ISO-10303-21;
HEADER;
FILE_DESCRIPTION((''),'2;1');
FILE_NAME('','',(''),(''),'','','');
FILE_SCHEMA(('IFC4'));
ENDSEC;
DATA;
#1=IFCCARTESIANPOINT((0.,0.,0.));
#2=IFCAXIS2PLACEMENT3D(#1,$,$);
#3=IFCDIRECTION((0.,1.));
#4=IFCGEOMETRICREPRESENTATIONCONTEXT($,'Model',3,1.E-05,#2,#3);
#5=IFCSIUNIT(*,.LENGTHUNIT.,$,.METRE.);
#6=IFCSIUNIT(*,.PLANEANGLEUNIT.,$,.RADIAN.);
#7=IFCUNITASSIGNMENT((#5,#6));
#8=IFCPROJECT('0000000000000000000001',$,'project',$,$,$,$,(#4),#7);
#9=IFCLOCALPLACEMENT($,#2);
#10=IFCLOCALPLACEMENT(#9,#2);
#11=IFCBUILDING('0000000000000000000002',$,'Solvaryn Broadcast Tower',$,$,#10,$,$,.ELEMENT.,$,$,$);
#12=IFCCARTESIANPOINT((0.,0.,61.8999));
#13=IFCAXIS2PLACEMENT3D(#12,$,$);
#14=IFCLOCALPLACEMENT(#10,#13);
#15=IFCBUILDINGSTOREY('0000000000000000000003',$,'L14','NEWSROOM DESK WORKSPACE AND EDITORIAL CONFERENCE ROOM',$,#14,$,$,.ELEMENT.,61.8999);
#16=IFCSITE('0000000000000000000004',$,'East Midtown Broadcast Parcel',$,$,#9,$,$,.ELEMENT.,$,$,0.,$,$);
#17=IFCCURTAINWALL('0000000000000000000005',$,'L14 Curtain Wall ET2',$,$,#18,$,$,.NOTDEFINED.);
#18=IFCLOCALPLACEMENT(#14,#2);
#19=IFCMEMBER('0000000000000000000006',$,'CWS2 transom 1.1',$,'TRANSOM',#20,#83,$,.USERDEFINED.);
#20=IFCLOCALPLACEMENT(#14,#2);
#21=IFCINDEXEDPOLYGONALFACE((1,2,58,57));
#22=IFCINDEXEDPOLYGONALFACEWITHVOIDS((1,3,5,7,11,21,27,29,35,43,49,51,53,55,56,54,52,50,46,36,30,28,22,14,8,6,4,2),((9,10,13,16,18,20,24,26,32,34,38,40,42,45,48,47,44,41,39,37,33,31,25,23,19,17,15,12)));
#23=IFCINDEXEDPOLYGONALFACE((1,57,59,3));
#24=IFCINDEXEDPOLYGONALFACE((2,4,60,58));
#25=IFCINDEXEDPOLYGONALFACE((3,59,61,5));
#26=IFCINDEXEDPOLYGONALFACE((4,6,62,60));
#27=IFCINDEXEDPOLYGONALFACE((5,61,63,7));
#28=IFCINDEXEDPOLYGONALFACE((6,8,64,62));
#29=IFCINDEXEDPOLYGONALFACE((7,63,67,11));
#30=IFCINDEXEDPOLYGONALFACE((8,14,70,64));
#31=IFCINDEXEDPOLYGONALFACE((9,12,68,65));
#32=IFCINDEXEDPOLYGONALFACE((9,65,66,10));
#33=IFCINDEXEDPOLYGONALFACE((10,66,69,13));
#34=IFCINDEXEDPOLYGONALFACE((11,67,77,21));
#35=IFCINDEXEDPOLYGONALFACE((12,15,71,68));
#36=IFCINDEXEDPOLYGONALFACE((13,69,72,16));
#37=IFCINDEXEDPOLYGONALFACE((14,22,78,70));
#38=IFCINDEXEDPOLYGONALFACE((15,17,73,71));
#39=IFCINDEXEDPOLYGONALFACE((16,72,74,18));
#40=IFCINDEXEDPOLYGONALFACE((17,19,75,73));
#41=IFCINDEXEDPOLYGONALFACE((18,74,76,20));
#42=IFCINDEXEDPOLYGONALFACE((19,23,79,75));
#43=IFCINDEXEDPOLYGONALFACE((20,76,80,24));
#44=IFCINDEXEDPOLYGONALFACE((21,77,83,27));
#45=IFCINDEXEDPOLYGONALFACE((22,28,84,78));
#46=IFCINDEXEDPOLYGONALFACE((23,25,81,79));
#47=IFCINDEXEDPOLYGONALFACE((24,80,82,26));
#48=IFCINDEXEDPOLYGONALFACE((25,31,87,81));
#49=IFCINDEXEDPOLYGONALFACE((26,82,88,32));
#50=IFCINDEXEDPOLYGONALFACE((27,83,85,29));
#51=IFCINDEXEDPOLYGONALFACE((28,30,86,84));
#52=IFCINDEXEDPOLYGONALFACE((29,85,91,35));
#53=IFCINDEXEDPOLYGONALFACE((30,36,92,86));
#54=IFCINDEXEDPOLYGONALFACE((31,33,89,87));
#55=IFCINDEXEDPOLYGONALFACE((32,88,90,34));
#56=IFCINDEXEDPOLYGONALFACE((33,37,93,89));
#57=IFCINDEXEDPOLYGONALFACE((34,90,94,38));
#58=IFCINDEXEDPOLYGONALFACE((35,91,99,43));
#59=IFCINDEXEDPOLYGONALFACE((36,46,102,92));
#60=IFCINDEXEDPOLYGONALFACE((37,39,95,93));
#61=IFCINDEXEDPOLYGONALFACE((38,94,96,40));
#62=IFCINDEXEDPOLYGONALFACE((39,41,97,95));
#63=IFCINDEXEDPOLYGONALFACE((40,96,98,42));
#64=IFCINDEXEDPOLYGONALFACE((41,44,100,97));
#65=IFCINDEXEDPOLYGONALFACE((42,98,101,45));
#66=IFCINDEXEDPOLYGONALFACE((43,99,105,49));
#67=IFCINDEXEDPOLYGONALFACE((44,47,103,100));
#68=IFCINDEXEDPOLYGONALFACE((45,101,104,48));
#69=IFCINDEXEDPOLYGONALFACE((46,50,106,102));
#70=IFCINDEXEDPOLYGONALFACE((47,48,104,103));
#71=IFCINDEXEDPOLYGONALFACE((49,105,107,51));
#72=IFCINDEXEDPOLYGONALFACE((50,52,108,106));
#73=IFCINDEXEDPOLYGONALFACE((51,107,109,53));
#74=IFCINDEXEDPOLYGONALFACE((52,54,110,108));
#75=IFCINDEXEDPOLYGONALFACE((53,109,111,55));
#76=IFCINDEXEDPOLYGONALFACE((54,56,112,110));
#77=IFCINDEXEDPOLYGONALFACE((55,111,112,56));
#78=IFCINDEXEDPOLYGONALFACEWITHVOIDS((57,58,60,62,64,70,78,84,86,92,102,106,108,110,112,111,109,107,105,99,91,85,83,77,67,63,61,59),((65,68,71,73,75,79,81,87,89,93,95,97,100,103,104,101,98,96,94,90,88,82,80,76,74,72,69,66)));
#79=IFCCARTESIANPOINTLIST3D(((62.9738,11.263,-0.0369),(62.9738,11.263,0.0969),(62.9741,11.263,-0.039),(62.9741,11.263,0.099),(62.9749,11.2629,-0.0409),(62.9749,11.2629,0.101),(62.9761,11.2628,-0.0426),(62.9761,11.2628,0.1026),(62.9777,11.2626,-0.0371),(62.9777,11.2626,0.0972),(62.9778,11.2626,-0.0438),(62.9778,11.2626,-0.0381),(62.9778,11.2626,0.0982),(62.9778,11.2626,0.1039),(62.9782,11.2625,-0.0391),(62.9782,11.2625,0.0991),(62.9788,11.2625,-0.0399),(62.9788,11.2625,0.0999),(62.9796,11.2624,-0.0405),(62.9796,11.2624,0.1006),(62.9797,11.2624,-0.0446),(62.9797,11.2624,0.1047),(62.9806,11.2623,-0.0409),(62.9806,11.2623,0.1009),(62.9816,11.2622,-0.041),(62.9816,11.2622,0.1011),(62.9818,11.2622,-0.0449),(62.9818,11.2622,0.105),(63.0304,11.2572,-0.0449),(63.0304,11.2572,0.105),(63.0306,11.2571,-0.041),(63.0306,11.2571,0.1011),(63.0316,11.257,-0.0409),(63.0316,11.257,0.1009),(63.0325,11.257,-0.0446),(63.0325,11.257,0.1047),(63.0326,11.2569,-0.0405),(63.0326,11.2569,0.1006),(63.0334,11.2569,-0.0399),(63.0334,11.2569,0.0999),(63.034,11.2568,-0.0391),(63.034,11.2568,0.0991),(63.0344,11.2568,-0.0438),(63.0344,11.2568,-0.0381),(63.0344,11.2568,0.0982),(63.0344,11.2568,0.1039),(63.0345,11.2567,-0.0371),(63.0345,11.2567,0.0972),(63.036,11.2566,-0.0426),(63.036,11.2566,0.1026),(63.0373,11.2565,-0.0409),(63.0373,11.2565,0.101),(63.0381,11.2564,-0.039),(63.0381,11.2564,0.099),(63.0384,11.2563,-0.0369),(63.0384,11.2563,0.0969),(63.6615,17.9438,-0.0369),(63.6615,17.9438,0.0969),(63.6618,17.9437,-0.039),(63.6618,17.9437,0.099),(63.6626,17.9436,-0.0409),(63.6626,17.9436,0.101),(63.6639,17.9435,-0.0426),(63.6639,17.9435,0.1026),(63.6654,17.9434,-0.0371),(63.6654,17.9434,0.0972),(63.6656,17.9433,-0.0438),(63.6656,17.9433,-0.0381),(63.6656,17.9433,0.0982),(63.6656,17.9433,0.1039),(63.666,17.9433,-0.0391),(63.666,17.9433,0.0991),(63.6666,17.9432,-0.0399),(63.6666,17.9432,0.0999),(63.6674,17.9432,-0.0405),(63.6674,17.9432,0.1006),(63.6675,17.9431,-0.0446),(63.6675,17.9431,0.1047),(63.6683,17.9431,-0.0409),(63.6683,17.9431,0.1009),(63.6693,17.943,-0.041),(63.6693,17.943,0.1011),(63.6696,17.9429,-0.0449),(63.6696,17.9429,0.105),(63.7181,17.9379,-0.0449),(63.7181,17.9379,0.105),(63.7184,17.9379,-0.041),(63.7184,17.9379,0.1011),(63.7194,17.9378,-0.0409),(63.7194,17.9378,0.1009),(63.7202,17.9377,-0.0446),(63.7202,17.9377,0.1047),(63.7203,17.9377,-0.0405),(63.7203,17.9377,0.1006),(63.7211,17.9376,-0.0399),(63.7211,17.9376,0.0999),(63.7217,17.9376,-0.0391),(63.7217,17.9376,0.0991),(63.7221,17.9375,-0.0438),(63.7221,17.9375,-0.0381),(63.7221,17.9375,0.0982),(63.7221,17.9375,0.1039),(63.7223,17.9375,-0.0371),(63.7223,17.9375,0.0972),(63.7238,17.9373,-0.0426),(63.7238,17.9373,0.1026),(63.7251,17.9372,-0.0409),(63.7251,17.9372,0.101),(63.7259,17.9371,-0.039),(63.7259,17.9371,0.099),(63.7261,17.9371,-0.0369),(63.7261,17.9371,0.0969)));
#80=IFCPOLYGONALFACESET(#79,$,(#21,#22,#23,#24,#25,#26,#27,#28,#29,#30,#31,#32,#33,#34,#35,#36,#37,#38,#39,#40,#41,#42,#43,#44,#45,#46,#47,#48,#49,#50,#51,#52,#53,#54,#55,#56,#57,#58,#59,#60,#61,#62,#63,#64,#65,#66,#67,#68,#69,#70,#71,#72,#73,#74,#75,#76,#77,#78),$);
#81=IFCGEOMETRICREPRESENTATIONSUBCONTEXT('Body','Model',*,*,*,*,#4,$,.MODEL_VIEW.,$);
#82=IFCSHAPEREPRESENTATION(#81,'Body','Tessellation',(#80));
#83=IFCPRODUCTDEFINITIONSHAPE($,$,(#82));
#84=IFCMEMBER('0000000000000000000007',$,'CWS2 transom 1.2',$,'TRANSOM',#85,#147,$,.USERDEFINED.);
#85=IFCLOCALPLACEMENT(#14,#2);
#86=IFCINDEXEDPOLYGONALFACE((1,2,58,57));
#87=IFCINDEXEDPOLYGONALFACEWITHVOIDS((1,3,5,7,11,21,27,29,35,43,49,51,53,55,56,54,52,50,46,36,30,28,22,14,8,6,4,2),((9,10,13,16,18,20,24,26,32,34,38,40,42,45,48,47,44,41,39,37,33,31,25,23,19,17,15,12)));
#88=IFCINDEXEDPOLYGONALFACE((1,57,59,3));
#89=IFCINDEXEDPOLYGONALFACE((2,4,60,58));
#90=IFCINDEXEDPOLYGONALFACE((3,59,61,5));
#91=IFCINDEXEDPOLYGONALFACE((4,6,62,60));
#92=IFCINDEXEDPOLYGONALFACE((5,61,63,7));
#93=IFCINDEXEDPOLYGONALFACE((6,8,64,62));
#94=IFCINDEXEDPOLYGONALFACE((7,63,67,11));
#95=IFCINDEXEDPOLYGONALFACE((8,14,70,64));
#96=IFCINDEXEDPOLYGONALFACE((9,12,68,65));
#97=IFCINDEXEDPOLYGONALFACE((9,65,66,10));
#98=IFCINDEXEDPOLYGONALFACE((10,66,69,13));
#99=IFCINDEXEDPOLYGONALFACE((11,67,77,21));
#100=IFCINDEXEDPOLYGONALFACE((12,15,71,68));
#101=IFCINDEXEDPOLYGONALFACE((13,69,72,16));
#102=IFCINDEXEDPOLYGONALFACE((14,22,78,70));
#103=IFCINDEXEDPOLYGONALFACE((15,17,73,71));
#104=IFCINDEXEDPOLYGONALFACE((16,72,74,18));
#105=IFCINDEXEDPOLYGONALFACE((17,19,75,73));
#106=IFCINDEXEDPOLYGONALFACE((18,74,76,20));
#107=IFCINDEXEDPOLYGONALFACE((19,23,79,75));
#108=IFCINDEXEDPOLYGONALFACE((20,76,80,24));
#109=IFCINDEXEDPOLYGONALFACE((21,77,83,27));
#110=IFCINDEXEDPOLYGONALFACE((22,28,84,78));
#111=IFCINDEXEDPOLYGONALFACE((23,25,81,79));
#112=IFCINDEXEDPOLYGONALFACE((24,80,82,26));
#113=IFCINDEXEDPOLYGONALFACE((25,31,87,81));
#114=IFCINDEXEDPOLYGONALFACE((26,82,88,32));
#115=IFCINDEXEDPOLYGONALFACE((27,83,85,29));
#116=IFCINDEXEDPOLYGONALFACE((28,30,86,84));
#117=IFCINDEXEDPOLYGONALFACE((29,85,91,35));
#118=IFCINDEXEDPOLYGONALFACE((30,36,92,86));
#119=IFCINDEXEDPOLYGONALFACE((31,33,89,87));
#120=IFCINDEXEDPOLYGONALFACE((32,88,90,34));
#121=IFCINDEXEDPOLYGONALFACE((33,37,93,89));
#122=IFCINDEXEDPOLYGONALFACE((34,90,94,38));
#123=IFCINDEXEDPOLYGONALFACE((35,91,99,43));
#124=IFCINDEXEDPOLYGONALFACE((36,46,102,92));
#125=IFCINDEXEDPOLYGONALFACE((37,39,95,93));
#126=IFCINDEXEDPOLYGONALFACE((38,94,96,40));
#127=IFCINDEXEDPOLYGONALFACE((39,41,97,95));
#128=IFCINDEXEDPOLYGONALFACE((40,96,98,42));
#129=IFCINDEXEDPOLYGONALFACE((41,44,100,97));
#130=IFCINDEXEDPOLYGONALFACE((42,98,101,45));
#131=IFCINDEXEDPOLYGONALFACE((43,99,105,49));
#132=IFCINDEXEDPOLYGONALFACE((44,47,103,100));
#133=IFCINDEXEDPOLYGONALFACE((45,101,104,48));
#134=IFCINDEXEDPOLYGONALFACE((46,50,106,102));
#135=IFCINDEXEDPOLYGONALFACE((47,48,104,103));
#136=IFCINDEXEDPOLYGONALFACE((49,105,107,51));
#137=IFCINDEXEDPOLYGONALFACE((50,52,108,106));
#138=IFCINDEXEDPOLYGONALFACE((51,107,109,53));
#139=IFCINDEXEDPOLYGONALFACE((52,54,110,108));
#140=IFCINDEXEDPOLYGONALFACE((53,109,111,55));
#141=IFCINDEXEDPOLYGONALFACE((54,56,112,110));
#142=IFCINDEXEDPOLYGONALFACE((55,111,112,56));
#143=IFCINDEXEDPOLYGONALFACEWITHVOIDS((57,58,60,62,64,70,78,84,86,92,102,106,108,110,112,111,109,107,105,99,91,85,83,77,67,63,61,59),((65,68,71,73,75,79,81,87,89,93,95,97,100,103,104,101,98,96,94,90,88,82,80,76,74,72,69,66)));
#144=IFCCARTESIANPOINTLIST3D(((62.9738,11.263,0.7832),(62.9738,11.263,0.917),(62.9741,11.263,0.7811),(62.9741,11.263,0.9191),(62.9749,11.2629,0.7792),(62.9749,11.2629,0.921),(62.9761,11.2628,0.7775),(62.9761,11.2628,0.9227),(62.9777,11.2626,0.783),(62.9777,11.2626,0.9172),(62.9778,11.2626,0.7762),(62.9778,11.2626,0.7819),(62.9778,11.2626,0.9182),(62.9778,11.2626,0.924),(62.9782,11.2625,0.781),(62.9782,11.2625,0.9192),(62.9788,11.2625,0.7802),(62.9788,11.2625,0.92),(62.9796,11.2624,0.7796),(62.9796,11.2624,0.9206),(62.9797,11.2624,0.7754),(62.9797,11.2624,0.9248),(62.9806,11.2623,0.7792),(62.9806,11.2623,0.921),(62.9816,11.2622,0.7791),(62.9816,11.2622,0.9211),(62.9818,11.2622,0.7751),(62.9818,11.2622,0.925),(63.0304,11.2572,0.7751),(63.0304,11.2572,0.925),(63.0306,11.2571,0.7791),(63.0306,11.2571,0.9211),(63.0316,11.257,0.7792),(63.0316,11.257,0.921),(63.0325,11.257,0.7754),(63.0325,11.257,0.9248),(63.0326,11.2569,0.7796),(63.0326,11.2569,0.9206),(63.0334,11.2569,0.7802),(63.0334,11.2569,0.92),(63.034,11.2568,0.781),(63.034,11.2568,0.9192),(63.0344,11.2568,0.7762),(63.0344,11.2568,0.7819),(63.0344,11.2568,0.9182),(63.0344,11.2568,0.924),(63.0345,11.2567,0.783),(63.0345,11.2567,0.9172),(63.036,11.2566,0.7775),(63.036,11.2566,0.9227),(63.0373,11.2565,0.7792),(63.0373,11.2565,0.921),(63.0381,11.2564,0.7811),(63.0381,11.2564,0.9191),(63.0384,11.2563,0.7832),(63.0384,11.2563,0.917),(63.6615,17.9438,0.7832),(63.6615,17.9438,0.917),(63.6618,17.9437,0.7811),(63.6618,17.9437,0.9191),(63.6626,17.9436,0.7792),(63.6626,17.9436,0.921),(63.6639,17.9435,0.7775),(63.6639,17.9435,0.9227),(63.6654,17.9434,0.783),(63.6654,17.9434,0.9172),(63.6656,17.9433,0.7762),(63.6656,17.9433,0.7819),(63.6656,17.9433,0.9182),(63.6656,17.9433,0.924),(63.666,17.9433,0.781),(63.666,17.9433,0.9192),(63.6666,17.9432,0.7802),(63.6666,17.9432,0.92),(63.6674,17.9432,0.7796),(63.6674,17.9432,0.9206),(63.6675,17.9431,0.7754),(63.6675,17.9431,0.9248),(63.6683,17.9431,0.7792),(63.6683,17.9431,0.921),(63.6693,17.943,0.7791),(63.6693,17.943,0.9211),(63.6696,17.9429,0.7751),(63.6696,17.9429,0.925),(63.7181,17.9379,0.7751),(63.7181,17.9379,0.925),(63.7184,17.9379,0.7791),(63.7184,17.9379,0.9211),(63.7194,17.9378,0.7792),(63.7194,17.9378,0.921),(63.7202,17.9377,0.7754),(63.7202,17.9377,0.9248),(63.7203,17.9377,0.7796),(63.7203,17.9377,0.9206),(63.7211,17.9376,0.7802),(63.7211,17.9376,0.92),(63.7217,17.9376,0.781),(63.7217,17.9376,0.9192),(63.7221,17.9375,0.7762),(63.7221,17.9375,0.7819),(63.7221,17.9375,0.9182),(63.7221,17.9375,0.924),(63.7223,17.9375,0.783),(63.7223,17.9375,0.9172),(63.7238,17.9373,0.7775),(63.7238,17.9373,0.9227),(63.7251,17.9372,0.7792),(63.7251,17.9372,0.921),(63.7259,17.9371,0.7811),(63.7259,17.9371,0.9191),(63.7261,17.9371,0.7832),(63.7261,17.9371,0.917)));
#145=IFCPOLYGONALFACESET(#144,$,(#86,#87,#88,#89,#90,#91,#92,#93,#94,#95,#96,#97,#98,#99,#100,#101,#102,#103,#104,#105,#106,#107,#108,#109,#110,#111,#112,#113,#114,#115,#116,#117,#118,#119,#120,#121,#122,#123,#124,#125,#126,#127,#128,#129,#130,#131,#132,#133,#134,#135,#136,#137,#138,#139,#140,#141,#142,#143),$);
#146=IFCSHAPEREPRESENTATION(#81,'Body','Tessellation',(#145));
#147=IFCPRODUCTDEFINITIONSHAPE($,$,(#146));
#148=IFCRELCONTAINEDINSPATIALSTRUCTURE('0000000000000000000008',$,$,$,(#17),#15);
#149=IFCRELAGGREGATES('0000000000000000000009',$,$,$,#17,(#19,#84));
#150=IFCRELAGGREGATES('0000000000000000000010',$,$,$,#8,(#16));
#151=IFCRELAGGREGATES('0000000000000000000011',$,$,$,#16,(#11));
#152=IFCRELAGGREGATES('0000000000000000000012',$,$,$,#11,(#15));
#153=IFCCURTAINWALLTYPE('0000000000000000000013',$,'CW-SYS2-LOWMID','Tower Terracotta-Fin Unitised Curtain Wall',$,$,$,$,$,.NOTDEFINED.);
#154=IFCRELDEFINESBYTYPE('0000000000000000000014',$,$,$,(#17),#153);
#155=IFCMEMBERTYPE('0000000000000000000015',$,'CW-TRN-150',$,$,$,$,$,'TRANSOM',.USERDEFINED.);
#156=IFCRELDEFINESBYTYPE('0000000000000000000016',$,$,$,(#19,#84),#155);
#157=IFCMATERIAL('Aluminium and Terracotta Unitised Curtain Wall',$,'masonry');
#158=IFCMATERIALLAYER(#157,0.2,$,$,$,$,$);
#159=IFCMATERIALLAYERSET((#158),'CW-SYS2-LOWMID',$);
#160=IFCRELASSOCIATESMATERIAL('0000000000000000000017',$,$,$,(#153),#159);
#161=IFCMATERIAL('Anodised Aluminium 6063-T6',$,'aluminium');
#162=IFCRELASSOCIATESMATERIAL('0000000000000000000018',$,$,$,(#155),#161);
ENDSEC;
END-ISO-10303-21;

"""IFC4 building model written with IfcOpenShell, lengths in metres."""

from ifc_helpers import new_model, si_unit, direction, frame, origin, origin_2d, place, context, subcontext, project, spatial, hollow_rectangle, extrude, material, layer, layer_set, material_profile, profile_set, type_object, element, aggregate, save


model = new_model("IFC4")

# Units and contexts
model_context = context("Model", 3, precision=1e-05, world=origin(), true_north=direction((0.0, 1.0)))
body_context = subcontext(model_context, "Body", "Model", "MODEL_VIEW")
ifc_project = project(units=[si_unit("LENGTHUNIT", "METRE"), si_unit("PLANEANGLEUNIT", "RADIAN")], contexts=[model_context])

# Site, building, storey
site_placement = place(None, origin())
site = spatial("IfcSite", under=ifc_project, at=site_placement, Name="East Midtown Broadcast Parcel", CompositionType="ELEMENT", RefElevation=0.0)
building_placement = place(site_placement, origin())
building = spatial("IfcBuilding", under=site, at=building_placement, Name="Solvaryn Broadcast Tower", CompositionType="ELEMENT")
storey_placement = place(building_placement, frame((0.0, 0.0, 61.8999)))
storey = spatial("IfcBuildingStorey", under=building, at=storey_placement, Name="L14", Description="NEWSROOM DESK WORKSPACE AND EDITORIAL CONFERENCE ROOM", CompositionType="ELEMENT", Elevation=61.8999)

# Shared definitions
ifc_material_1 = material(Name="Aluminium and Terracotta Unitised Curtain Wall", Category="masonry")
ifc_layer_1 = layer(ifc_material_1, 0.2)
ifc_layer_set_1 = layer_set([ifc_layer_1], Name="CW-SYS2-LOWMID")
curtain_wall_type = type_object("IfcCurtainWallType", Name="CW-SYS2-LOWMID", Description="Tower Terracotta-Fin Unitised Curtain Wall", PredefinedType="NOTDEFINED", material=ifc_layer_set_1)

# Curtain wall, members
curtain_wall_1_placement = place(storey_placement, origin())
curtain_wall_1 = element("IfcCurtainWall", 1, at=curtain_wall_1_placement, inside=storey, type_object=curtain_wall_type, Name="L14 Curtain Wall ET2", PredefinedType="NOTDEFINED")
ifc_material_2 = material(Name="Anodised Aluminium 6063-T6", Category="aluminium")
ifc_material_profile_1 = material_profile(ifc_material_2, hollow_rectangle(XDim=0.0649, YDim=0.1499, WallThickness=0.0039, InnerFilletRadius=0.0039, OuterFilletRadius=0.0081, at=origin_2d()))
ifc_profile_set_1 = profile_set([ifc_material_profile_1], Name="Anodised Aluminium 6063-T6")
member_type_1 = type_object("IfcMemberType", Name="CW-TRN-150", ElementType="TRANSOM", PredefinedType="USERDEFINED", material=ifc_profile_set_1)
member_1_placement = place(storey_placement, frame((63.6938, 17.9404, 0.03), z_axis=(-0.102404, -0.994743, 0.0), x_axis=(0.994743, -0.102404, 0.0)))
member_1 = element("IfcMember", 2, at=member_1_placement, type_object=member_type_1, Name="CWS2 transom 1.1", ObjectType="TRANSOM", PredefinedType="USERDEFINED", context=body_context, shape_type="SweptSolid", body=[
    extrude(hollow_rectangle(XDim=0.0649, YDim=0.1499, WallThickness=0.0039, InnerFilletRadius=0.0039, OuterFilletRadius=0.0081, at=origin_2d()), origin(), (0.0, 0.0, 1.0), 6.7161),
])
member_2_placement = place(storey_placement, frame((63.6938, 17.9404, 0.8501), z_axis=(-0.102404, -0.994743, 0.0), x_axis=(0.994743, -0.102404, 0.0)))
member_2 = element("IfcMember", 3, at=member_2_placement, type_object=member_type_1, Name="CWS2 transom 1.2", ObjectType="TRANSOM", PredefinedType="USERDEFINED", context=body_context, shape_type="SweptSolid", body=[
    extrude(hollow_rectangle(XDim=0.0649, YDim=0.1499, WallThickness=0.0039, InnerFilletRadius=0.0039, OuterFilletRadius=0.0081, at=origin_2d()), origin(), (0.0, 0.0, 1.0), 6.7161),
])

aggregate(curtain_wall_1, [member_1, member_2])

save(model, "model.ifc")
